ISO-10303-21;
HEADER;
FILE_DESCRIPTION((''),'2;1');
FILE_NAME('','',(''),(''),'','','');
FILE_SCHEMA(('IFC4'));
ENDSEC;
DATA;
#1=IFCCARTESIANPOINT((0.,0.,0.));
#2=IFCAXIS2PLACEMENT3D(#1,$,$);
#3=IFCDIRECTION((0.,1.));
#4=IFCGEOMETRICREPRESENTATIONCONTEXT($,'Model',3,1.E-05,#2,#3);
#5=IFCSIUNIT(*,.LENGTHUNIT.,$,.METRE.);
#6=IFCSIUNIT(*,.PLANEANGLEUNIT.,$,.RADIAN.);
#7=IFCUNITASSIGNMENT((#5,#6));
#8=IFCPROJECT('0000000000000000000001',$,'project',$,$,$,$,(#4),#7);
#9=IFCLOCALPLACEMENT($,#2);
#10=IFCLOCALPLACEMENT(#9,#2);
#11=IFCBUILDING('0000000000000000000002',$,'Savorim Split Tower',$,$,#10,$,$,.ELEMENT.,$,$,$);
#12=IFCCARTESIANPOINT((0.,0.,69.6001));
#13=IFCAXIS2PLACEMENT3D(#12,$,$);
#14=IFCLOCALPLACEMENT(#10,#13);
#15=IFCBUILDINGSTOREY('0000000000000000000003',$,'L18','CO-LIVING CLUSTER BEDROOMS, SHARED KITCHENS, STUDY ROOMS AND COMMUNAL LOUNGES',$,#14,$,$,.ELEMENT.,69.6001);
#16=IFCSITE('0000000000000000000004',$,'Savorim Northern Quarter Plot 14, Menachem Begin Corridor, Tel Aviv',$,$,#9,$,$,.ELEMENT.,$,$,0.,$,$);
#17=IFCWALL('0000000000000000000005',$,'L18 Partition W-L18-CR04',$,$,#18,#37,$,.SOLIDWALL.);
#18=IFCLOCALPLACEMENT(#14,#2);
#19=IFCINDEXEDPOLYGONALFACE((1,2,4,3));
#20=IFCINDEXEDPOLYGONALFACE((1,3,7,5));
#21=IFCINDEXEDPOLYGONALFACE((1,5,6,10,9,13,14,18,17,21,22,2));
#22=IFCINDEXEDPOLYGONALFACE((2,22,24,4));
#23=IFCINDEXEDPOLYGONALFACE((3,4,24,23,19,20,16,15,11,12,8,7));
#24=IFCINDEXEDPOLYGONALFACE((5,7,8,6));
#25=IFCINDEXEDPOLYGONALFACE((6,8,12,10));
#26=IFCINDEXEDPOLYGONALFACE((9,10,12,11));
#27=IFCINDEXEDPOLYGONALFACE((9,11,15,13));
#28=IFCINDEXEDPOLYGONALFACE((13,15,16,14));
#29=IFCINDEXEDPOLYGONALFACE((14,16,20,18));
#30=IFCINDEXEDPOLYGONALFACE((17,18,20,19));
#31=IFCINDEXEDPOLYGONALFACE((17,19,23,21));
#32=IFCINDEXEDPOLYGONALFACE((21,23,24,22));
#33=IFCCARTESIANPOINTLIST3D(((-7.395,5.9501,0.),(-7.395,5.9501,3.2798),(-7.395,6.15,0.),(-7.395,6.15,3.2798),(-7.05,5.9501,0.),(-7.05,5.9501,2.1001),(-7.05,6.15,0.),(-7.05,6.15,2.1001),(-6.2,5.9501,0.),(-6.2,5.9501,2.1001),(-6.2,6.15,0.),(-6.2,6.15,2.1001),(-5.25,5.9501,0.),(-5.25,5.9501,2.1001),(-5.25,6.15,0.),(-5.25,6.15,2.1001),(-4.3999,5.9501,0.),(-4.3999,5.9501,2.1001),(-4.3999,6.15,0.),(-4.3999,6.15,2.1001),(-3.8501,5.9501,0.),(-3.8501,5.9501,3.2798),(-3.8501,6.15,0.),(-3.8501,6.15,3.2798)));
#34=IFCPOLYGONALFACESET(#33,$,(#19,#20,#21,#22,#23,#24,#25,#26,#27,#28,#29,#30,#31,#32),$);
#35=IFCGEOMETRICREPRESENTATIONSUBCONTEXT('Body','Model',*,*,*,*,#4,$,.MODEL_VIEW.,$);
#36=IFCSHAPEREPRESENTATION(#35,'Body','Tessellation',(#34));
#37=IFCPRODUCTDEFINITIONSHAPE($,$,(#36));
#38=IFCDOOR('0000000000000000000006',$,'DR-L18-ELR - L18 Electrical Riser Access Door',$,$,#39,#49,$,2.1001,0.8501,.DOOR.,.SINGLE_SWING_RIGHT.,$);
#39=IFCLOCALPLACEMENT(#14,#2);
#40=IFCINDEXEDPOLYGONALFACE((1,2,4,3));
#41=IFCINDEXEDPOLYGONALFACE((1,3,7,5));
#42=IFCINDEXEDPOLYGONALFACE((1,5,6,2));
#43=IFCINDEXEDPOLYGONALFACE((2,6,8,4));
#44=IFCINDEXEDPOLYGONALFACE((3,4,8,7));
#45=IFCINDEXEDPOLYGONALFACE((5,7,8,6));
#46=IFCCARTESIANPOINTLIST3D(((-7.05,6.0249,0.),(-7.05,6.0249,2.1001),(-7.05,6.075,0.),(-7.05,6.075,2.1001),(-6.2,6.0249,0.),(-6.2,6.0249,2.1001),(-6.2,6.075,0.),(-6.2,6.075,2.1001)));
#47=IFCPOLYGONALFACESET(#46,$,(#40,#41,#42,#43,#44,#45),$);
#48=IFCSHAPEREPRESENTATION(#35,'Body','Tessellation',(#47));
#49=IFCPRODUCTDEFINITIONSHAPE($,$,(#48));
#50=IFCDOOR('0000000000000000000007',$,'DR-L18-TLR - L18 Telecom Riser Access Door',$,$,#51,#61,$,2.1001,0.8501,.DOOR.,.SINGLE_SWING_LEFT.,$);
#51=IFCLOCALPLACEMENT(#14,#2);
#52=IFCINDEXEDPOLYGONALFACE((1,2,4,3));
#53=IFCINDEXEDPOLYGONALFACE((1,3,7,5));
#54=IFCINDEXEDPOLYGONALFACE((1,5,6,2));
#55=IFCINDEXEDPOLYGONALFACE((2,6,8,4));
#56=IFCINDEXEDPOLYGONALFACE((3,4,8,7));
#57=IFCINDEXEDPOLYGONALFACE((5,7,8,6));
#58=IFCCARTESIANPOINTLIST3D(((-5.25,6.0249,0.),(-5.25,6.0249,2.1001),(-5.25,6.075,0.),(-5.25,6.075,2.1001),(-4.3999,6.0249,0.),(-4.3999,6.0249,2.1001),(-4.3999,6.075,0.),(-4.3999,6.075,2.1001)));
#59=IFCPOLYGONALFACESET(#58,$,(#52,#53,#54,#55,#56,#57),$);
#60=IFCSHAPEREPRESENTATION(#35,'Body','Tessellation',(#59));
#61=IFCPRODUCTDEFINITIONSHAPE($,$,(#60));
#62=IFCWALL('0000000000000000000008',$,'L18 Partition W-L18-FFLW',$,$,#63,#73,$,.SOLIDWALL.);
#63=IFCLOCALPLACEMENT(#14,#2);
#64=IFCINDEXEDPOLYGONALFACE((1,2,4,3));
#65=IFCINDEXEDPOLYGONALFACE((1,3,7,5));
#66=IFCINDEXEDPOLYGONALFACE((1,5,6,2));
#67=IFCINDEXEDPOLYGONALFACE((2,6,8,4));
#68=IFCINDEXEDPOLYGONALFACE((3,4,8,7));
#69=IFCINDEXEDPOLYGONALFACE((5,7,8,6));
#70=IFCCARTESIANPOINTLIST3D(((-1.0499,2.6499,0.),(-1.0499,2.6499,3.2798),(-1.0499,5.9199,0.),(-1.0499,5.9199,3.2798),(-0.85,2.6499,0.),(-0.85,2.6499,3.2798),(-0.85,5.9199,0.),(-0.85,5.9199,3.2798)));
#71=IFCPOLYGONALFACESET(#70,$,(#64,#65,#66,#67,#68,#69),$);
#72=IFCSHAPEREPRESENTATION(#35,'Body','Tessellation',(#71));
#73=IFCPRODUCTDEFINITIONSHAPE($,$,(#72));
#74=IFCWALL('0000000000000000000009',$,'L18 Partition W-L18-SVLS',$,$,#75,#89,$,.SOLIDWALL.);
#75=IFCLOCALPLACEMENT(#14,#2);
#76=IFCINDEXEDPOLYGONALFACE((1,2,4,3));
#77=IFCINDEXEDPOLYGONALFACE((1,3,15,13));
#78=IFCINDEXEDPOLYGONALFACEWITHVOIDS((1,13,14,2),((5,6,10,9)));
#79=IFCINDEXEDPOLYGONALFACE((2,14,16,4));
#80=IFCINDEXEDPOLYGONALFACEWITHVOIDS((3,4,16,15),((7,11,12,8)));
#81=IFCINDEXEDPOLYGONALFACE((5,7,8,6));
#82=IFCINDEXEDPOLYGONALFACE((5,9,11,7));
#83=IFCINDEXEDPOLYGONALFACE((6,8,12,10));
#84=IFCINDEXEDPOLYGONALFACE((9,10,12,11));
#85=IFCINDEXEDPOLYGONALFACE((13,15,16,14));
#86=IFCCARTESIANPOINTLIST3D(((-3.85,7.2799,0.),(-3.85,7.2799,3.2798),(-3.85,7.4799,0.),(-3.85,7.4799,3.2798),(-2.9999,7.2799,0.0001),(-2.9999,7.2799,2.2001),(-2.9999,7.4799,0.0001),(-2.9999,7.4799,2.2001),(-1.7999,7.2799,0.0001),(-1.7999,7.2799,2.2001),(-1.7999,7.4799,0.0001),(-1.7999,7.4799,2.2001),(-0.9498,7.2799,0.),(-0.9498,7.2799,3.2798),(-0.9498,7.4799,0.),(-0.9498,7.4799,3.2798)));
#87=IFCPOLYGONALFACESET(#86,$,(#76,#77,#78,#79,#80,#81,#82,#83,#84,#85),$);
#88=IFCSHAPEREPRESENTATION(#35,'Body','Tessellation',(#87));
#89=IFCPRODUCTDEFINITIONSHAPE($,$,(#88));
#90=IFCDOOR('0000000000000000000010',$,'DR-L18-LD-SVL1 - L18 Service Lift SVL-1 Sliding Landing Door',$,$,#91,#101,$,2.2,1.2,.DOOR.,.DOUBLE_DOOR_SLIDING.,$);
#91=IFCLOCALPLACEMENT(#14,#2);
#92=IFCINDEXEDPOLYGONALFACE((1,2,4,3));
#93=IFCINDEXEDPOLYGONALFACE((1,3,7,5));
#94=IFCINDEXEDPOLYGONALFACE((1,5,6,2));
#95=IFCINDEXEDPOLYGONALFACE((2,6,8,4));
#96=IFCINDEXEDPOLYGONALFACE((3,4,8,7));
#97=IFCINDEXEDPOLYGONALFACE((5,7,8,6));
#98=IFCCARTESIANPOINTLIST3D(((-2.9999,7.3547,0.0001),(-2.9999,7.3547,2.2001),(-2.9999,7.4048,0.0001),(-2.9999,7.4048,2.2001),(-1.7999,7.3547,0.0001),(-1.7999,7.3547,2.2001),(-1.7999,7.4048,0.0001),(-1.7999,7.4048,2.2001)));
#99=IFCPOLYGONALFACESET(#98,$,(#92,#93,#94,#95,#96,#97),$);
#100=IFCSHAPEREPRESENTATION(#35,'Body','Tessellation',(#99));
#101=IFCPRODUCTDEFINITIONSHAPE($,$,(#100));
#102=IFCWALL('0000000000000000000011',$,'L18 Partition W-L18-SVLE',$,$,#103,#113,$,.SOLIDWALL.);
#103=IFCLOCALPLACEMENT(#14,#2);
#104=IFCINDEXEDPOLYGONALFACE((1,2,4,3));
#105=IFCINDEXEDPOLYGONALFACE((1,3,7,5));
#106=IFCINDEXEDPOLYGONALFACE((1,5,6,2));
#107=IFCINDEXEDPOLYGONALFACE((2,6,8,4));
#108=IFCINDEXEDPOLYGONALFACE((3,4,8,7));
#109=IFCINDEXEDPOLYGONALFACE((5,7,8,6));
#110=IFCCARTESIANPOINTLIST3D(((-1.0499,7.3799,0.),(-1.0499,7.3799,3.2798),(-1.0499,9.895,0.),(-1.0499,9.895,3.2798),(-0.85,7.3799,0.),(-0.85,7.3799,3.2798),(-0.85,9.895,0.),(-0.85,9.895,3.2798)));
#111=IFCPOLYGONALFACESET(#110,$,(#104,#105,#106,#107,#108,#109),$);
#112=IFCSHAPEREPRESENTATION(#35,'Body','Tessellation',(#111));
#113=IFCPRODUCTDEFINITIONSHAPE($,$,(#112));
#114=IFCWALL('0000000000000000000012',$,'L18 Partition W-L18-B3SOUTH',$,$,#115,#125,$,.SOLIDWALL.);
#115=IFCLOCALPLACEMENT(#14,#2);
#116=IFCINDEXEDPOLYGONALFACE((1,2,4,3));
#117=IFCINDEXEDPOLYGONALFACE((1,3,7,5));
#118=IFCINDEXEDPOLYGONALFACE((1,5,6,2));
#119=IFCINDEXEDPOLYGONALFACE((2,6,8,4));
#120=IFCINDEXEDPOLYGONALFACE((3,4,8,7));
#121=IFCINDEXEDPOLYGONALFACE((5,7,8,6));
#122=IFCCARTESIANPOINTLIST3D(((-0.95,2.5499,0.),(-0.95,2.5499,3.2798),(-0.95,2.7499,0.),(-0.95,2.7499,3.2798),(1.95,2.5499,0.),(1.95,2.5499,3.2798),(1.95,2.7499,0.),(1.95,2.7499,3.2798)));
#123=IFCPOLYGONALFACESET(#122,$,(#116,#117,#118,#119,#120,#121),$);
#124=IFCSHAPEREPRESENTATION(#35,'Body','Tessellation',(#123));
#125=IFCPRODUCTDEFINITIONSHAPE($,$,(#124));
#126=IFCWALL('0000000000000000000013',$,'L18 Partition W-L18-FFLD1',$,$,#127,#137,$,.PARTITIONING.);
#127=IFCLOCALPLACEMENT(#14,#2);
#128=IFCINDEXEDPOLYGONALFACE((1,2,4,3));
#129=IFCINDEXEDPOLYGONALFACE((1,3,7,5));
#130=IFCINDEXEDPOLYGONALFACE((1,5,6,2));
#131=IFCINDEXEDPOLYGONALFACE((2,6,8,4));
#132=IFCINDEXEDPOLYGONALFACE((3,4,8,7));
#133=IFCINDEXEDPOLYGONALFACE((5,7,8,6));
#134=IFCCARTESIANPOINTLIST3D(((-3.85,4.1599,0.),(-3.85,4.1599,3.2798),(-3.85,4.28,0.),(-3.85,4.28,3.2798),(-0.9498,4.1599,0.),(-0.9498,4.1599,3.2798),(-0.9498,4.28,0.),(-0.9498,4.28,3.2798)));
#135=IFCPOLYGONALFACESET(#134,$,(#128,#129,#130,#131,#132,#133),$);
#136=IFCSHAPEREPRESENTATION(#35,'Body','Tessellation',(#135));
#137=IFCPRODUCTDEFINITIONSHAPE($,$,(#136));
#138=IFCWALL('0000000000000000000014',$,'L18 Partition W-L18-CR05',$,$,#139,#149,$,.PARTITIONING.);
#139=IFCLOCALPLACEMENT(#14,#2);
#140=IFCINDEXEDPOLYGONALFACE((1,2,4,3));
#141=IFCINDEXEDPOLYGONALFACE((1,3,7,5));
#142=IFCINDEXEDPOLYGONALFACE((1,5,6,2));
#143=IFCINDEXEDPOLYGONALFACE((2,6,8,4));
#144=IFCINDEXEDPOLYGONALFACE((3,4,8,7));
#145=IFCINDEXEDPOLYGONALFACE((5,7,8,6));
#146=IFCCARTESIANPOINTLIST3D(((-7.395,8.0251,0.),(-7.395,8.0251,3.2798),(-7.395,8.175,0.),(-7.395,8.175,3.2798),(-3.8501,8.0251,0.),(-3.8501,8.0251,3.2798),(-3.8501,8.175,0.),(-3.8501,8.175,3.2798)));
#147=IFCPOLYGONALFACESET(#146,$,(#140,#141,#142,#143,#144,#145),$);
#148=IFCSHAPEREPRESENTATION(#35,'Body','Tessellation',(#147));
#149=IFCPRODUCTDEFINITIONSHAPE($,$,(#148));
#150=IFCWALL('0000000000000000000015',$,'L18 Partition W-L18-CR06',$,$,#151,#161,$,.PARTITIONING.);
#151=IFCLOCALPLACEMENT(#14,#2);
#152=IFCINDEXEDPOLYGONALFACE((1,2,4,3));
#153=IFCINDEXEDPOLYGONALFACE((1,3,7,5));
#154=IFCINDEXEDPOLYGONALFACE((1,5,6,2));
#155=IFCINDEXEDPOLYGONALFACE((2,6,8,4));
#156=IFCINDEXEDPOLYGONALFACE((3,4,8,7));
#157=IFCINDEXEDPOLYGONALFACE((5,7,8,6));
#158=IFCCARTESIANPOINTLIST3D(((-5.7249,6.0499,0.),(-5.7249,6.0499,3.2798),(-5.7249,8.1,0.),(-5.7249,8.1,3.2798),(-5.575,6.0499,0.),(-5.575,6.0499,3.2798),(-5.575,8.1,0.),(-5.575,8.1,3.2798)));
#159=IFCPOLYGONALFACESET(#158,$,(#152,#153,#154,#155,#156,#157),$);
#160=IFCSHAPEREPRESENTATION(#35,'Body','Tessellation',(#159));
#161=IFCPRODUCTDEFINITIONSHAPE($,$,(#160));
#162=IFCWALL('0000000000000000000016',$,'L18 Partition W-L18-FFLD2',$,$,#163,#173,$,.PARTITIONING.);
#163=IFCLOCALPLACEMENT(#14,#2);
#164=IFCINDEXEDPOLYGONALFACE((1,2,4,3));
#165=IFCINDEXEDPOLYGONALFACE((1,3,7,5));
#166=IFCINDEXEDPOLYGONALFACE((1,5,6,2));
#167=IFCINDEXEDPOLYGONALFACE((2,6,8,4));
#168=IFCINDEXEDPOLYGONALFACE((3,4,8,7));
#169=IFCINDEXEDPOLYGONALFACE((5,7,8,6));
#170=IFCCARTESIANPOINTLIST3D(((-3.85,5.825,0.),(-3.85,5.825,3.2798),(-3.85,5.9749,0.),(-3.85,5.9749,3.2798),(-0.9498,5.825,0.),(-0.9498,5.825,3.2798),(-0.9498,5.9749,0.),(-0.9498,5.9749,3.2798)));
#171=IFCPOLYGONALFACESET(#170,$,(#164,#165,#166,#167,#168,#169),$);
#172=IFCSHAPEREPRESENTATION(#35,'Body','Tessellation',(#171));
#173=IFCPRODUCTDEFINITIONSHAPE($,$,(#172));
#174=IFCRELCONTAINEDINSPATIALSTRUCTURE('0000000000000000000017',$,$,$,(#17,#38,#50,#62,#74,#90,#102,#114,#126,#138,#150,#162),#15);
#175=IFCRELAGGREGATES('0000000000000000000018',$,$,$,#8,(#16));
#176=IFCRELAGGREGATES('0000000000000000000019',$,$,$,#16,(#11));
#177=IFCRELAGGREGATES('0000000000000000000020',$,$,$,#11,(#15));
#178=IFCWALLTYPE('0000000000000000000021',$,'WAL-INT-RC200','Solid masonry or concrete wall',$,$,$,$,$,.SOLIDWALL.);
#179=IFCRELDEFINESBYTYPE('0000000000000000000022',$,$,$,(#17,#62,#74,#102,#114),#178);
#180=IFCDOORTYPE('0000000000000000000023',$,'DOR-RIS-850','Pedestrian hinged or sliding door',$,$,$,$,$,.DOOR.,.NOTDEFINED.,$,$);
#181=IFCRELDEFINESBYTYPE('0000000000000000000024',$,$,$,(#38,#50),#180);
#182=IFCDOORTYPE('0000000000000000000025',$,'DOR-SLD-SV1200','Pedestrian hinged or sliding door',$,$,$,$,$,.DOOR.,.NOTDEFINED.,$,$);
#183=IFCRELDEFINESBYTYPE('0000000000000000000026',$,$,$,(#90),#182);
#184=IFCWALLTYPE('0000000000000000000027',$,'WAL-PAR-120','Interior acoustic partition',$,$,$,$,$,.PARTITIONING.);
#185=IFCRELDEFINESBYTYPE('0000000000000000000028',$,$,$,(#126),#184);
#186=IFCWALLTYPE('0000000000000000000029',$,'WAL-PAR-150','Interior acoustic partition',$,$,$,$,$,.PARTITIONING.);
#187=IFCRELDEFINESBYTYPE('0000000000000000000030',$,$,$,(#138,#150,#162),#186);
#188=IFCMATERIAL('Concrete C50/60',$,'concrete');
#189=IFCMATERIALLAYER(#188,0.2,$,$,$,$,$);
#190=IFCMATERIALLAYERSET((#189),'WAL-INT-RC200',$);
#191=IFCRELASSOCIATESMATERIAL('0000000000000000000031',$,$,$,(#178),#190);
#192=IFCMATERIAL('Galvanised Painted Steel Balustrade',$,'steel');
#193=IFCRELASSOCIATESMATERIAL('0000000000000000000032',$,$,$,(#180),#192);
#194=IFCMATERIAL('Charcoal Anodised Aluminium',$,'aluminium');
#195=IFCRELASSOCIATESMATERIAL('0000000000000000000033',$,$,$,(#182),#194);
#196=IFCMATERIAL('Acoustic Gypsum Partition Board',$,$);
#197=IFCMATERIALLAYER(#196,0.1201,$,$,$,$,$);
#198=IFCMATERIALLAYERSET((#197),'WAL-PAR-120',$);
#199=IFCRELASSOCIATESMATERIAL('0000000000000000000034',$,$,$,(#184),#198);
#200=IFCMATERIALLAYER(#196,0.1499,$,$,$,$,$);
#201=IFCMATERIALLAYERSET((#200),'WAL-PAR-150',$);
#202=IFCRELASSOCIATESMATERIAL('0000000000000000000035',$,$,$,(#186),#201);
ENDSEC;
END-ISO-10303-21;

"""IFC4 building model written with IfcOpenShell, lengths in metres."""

from ifc_helpers import new_model, si_unit, direction, frame, frame_2d, origin, place, context, subcontext, project, spatial, rectangle, extrude, material, layer, layer_set, type_object, element, fill, save


model = new_model("IFC4")

# Units and contexts
model_context = context("Model", 3, precision=1e-05, world=origin(), true_north=direction((0.0, 1.0)))
body_context = subcontext(model_context, "Body", "Model", "MODEL_VIEW")
ifc_project = project(units=[si_unit("LENGTHUNIT", "METRE"), si_unit("PLANEANGLEUNIT", "RADIAN")], contexts=[model_context])

# Site, building, storey
site_placement = place(None, origin())
site = spatial("IfcSite", under=ifc_project, at=site_placement, Name="Savorim Northern Quarter Plot 14, Menachem Begin Corridor, Tel Aviv", CompositionType="ELEMENT", RefElevation=0.0)
building_placement = place(site_placement, origin())
building = spatial("IfcBuilding", under=site, at=building_placement, Name="Savorim Split Tower", CompositionType="ELEMENT")
storey_placement = place(building_placement, frame((0.0, 0.0, 69.6001)))
storey = spatial("IfcBuildingStorey", under=building, at=storey_placement, Name="L18", Description="CO-LIVING CLUSTER BEDROOMS, SHARED KITCHENS, STUDY ROOMS AND COMMUNAL LOUNGES", CompositionType="ELEMENT", Elevation=69.6001)

# Shared definitions
ifc_material_1 = material(Name="Charcoal Anodised Aluminium", Category="aluminium")

# Wall, openings, doors
ifc_material_2 = material(Name="Concrete C50/60", Category="concrete")
ifc_layer_1 = layer(ifc_material_2, 0.2)
ifc_layer_set_1 = layer_set([ifc_layer_1], Name="WAL-INT-RC200")
wall_type_1 = type_object("IfcWallType", Name="WAL-INT-RC200", Description="Solid masonry or concrete wall", PredefinedType="SOLIDWALL", material=ifc_layer_set_1)
wall_1_placement = place(storey_placement, frame((-7.395, 6.05, 0.0), z_axis=(0.0, 0.0, 1.0), x_axis=(1.0, 0.0, 0.0)))
wall_1 = element("IfcWall", 1, at=wall_1_placement, inside=storey, type_object=wall_type_1, Name="L18 Partition W-L18-CR04", PredefinedType="SOLIDWALL", context=body_context, shape_type="SweptSolid", body=[
    extrude(rectangle(XDim=3.5449, YDim=0.2, at=frame_2d((1.7725, 0.0))), origin(), (0.0, 0.0, 1.0), 3.2798),
])
opening_1_placement = place(wall_1_placement, frame((0.345, 0.0, 0.0)))
opening_1 = element("IfcOpeningElement", 2, at=opening_1_placement, cuts=wall_1, PredefinedType="OPENING", context=body_context, shape_type="SweptSolid", body=[
    extrude(rectangle(XDim=0.8501, YDim=2.1001, at=frame_2d((0.425, 1.05))), frame((0.0, 0.1099, 0.0), z_axis=(0.0, -1.0, 0.0), x_axis=(1.0, 0.0, 0.0)), (0.0, 0.0, 1.0), 0.22),
])
opening_2_placement = place(wall_1_placement, frame((2.145, 0.0, 0.0)))
opening_2 = element("IfcOpeningElement", 3, at=opening_2_placement, cuts=wall_1, PredefinedType="OPENING", context=body_context, shape_type="SweptSolid", body=[
    extrude(rectangle(XDim=0.8501, YDim=2.1001, at=frame_2d((0.425, 1.05))), frame((0.0, 0.1099, 0.0), z_axis=(0.0, -1.0, 0.0), x_axis=(1.0, 0.0, 0.0)), (0.0, 0.0, 1.0), 0.22),
])
ifc_material_3 = material(Name="Galvanised Painted Steel Balustrade", Category="steel")
door_type_1 = type_object("IfcDoorType", Name="DOR-RIS-850", Description="Pedestrian hinged or sliding door", OperationType="NOTDEFINED", PredefinedType="DOOR", material=ifc_material_3)
door_1_placement = place(opening_1_placement, origin())
door_1 = element("IfcDoor", 4, at=door_1_placement, inside=storey, type_object=door_type_1, Name="DR-L18-ELR - L18 Electrical Riser Access Door", OperationType="SINGLE_SWING_RIGHT", OverallHeight=2.1001, OverallWidth=0.8501, PredefinedType="DOOR", context=body_context, shape_type="SweptSolid", body=[
    extrude(rectangle(XDim=0.8501, YDim=2.1001, at=frame_2d((0.425, 1.05))), frame((0.0, 0.0249, 0.0), z_axis=(0.0, -1.0, 0.0), x_axis=(1.0, 0.0, 0.0)), (0.0, 0.0, 1.0), 0.05),
])
fill(opening_1, door_1)
door_2_placement = place(opening_2_placement, origin())
door_2 = element("IfcDoor", 5, at=door_2_placement, inside=storey, type_object=door_type_1, Name="DR-L18-TLR - L18 Telecom Riser Access Door", OperationType="SINGLE_SWING_LEFT", OverallHeight=2.1001, OverallWidth=0.8501, PredefinedType="DOOR", context=body_context, shape_type="SweptSolid", body=[
    extrude(rectangle(XDim=0.8501, YDim=2.1001, at=frame_2d((0.425, 1.05))), frame((0.0, 0.0249, 0.0), z_axis=(0.0, -1.0, 0.0), x_axis=(1.0, 0.0, 0.0)), (0.0, 0.0, 1.0), 0.05),
])
fill(opening_2, door_2)

# Wall
wall_2_placement = place(storey_placement, frame((-0.95, 2.6499, 0.0), z_axis=(0.0, 0.0, 1.0), x_axis=(0.0, 1.0, 0.0)))
element("IfcWall", 6, at=wall_2_placement, inside=storey, type_object=wall_type_1, Name="L18 Partition W-L18-FFLW", PredefinedType="SOLIDWALL", context=body_context, shape_type="SweptSolid", body=[
    extrude(rectangle(XDim=3.27, YDim=0.2, at=frame_2d((1.635, 0.0))), origin(), (0.0, 0.0, 1.0), 3.2798),
])

# Wall, opening, door
wall_3_placement = place(storey_placement, frame((-3.8501, 7.3799, 0.0), z_axis=(0.0, 0.0, 1.0), x_axis=(1.0, 0.0, 0.0)))
wall_3 = element("IfcWall", 7, at=wall_3_placement, inside=storey, type_object=wall_type_1, Name="L18 Partition W-L18-SVLS", PredefinedType="SOLIDWALL", context=body_context, shape_type="SweptSolid", body=[
    extrude(rectangle(XDim=2.9001, YDim=0.2, at=frame_2d((1.4502, 0.0))), origin(), (0.0, 0.0, 1.0), 3.2798),
])
opening_3_placement = place(wall_3_placement, frame((0.8501, 0.0, 0.0)))
opening_3 = element("IfcOpeningElement", 8, at=opening_3_placement, cuts=wall_3, PredefinedType="OPENING", context=body_context, shape_type="SweptSolid", body=[
    extrude(rectangle(XDim=1.2, YDim=2.2, at=frame_2d((0.6001, 1.1001))), frame((0.0, 0.1099, 0.0), z_axis=(0.0, -1.0, 0.0), x_axis=(1.0, 0.0, 0.0)), (0.0, 0.0, 1.0), 0.22),
])
door_type_2 = type_object("IfcDoorType", Name="DOR-SLD-SV1200", Description="Pedestrian hinged or sliding door", OperationType="NOTDEFINED", PredefinedType="DOOR", material=ifc_material_1)
door_3_placement = place(opening_3_placement, origin())
door_3 = element("IfcDoor", 9, at=door_3_placement, inside=storey, type_object=door_type_2, Name="DR-L18-LD-SVL1 - L18 Service Lift SVL-1 Sliding Landing Door", OperationType="DOUBLE_DOOR_SLIDING", OverallHeight=2.2, OverallWidth=1.2, PredefinedType="DOOR", context=body_context, shape_type="SweptSolid", body=[
    extrude(rectangle(XDim=1.2, YDim=2.2, at=frame_2d((0.6001, 1.1001))), frame((0.0, 0.0249, 0.0), z_axis=(0.0, -1.0, 0.0), x_axis=(1.0, 0.0, 0.0)), (0.0, 0.0, 1.0), 0.05),
])
fill(opening_3, door_3)

# Walls
wall_4_placement = place(storey_placement, frame((-0.95, 7.3799, 0.0), z_axis=(0.0, 0.0, 1.0), x_axis=(0.0, 1.0, 0.0)))
element("IfcWall", 10, at=wall_4_placement, inside=storey, type_object=wall_type_1, Name="L18 Partition W-L18-SVLE", PredefinedType="SOLIDWALL", context=body_context, shape_type="SweptSolid", body=[
    extrude(rectangle(XDim=2.5151, YDim=0.2, at=frame_2d((1.2576, 0.0))), origin(), (0.0, 0.0, 1.0), 3.2798),
])
wall_5_placement = place(storey_placement, frame((-0.95, 2.6499, 0.0), z_axis=(0.0, 0.0, 1.0), x_axis=(1.0, 0.0, 0.0)))
element("IfcWall", 11, at=wall_5_placement, inside=storey, type_object=wall_type_1, Name="L18 Partition W-L18-B3SOUTH", PredefinedType="SOLIDWALL", context=body_context, shape_type="SweptSolid", body=[
    extrude(rectangle(XDim=2.8999, YDim=0.2, at=frame_2d((1.45, 0.0))), origin(), (0.0, 0.0, 1.0), 3.2798),
])
ifc_material_4 = material(Name="Acoustic Gypsum Partition Board")
ifc_layer_2 = layer(ifc_material_4, 0.1201)
ifc_layer_set_2 = layer_set([ifc_layer_2], Name="WAL-PAR-120")
wall_type_2 = type_object("IfcWallType", Name="WAL-PAR-120", Description="Interior acoustic partition", PredefinedType="PARTITIONING", material=ifc_layer_set_2)
wall_6_placement = place(storey_placement, frame((-3.8501, 4.22, 0.0), z_axis=(0.0, 0.0, 1.0), x_axis=(1.0, 0.0, 0.0)))
element("IfcWall", 12, at=wall_6_placement, inside=storey, type_object=wall_type_2, Name="L18 Partition W-L18-FFLD1", PredefinedType="PARTITIONING", context=body_context, shape_type="SweptSolid", body=[
    extrude(rectangle(XDim=2.9001, YDim=0.1201, at=frame_2d((1.4502, 0.0))), origin(), (0.0, 0.0, 1.0), 3.2798),
])
ifc_layer_3 = layer(ifc_material_4, 0.1499)
ifc_layer_set_3 = layer_set([ifc_layer_3], Name="WAL-PAR-150")
wall_type_3 = type_object("IfcWallType", Name="WAL-PAR-150", Description="Interior acoustic partition", PredefinedType="PARTITIONING", material=ifc_layer_set_3)
wall_7_placement = place(storey_placement, frame((-7.395, 8.1001, 0.0), z_axis=(0.0, 0.0, 1.0), x_axis=(1.0, 0.0, 0.0)))
element("IfcWall", 13, at=wall_7_placement, inside=storey, type_object=wall_type_3, Name="L18 Partition W-L18-CR05", PredefinedType="PARTITIONING", context=body_context, shape_type="SweptSolid", body=[
    extrude(rectangle(XDim=3.5449, YDim=0.1499, at=frame_2d((1.7725, 0.0))), origin(), (0.0, 0.0, 1.0), 3.2798),
])
wall_8_placement = place(storey_placement, frame((-5.6499, 6.05, 0.0), z_axis=(0.0, 0.0, 1.0), x_axis=(0.0, 1.0, 0.0)))
element("IfcWall", 14, at=wall_8_placement, inside=storey, type_object=wall_type_3, Name="L18 Partition W-L18-CR06", PredefinedType="PARTITIONING", context=body_context, shape_type="SweptSolid", body=[
    extrude(rectangle(XDim=2.05, YDim=0.1499, at=frame_2d((1.0249, 0.0))), origin(), (0.0, 0.0, 1.0), 3.2798),
])
wall_9_placement = place(storey_placement, frame((-3.8501, 5.8999, 0.0), z_axis=(0.0, 0.0, 1.0), x_axis=(1.0, 0.0, 0.0)))
element("IfcWall", 15, at=wall_9_placement, inside=storey, type_object=wall_type_3, Name="L18 Partition W-L18-FFLD2", PredefinedType="PARTITIONING", context=body_context, shape_type="SweptSolid", body=[
    extrude(rectangle(XDim=2.9001, YDim=0.1499, at=frame_2d((1.4502, 0.0))), origin(), (0.0, 0.0, 1.0), 3.2798),
])

save(model, "model.ifc")
